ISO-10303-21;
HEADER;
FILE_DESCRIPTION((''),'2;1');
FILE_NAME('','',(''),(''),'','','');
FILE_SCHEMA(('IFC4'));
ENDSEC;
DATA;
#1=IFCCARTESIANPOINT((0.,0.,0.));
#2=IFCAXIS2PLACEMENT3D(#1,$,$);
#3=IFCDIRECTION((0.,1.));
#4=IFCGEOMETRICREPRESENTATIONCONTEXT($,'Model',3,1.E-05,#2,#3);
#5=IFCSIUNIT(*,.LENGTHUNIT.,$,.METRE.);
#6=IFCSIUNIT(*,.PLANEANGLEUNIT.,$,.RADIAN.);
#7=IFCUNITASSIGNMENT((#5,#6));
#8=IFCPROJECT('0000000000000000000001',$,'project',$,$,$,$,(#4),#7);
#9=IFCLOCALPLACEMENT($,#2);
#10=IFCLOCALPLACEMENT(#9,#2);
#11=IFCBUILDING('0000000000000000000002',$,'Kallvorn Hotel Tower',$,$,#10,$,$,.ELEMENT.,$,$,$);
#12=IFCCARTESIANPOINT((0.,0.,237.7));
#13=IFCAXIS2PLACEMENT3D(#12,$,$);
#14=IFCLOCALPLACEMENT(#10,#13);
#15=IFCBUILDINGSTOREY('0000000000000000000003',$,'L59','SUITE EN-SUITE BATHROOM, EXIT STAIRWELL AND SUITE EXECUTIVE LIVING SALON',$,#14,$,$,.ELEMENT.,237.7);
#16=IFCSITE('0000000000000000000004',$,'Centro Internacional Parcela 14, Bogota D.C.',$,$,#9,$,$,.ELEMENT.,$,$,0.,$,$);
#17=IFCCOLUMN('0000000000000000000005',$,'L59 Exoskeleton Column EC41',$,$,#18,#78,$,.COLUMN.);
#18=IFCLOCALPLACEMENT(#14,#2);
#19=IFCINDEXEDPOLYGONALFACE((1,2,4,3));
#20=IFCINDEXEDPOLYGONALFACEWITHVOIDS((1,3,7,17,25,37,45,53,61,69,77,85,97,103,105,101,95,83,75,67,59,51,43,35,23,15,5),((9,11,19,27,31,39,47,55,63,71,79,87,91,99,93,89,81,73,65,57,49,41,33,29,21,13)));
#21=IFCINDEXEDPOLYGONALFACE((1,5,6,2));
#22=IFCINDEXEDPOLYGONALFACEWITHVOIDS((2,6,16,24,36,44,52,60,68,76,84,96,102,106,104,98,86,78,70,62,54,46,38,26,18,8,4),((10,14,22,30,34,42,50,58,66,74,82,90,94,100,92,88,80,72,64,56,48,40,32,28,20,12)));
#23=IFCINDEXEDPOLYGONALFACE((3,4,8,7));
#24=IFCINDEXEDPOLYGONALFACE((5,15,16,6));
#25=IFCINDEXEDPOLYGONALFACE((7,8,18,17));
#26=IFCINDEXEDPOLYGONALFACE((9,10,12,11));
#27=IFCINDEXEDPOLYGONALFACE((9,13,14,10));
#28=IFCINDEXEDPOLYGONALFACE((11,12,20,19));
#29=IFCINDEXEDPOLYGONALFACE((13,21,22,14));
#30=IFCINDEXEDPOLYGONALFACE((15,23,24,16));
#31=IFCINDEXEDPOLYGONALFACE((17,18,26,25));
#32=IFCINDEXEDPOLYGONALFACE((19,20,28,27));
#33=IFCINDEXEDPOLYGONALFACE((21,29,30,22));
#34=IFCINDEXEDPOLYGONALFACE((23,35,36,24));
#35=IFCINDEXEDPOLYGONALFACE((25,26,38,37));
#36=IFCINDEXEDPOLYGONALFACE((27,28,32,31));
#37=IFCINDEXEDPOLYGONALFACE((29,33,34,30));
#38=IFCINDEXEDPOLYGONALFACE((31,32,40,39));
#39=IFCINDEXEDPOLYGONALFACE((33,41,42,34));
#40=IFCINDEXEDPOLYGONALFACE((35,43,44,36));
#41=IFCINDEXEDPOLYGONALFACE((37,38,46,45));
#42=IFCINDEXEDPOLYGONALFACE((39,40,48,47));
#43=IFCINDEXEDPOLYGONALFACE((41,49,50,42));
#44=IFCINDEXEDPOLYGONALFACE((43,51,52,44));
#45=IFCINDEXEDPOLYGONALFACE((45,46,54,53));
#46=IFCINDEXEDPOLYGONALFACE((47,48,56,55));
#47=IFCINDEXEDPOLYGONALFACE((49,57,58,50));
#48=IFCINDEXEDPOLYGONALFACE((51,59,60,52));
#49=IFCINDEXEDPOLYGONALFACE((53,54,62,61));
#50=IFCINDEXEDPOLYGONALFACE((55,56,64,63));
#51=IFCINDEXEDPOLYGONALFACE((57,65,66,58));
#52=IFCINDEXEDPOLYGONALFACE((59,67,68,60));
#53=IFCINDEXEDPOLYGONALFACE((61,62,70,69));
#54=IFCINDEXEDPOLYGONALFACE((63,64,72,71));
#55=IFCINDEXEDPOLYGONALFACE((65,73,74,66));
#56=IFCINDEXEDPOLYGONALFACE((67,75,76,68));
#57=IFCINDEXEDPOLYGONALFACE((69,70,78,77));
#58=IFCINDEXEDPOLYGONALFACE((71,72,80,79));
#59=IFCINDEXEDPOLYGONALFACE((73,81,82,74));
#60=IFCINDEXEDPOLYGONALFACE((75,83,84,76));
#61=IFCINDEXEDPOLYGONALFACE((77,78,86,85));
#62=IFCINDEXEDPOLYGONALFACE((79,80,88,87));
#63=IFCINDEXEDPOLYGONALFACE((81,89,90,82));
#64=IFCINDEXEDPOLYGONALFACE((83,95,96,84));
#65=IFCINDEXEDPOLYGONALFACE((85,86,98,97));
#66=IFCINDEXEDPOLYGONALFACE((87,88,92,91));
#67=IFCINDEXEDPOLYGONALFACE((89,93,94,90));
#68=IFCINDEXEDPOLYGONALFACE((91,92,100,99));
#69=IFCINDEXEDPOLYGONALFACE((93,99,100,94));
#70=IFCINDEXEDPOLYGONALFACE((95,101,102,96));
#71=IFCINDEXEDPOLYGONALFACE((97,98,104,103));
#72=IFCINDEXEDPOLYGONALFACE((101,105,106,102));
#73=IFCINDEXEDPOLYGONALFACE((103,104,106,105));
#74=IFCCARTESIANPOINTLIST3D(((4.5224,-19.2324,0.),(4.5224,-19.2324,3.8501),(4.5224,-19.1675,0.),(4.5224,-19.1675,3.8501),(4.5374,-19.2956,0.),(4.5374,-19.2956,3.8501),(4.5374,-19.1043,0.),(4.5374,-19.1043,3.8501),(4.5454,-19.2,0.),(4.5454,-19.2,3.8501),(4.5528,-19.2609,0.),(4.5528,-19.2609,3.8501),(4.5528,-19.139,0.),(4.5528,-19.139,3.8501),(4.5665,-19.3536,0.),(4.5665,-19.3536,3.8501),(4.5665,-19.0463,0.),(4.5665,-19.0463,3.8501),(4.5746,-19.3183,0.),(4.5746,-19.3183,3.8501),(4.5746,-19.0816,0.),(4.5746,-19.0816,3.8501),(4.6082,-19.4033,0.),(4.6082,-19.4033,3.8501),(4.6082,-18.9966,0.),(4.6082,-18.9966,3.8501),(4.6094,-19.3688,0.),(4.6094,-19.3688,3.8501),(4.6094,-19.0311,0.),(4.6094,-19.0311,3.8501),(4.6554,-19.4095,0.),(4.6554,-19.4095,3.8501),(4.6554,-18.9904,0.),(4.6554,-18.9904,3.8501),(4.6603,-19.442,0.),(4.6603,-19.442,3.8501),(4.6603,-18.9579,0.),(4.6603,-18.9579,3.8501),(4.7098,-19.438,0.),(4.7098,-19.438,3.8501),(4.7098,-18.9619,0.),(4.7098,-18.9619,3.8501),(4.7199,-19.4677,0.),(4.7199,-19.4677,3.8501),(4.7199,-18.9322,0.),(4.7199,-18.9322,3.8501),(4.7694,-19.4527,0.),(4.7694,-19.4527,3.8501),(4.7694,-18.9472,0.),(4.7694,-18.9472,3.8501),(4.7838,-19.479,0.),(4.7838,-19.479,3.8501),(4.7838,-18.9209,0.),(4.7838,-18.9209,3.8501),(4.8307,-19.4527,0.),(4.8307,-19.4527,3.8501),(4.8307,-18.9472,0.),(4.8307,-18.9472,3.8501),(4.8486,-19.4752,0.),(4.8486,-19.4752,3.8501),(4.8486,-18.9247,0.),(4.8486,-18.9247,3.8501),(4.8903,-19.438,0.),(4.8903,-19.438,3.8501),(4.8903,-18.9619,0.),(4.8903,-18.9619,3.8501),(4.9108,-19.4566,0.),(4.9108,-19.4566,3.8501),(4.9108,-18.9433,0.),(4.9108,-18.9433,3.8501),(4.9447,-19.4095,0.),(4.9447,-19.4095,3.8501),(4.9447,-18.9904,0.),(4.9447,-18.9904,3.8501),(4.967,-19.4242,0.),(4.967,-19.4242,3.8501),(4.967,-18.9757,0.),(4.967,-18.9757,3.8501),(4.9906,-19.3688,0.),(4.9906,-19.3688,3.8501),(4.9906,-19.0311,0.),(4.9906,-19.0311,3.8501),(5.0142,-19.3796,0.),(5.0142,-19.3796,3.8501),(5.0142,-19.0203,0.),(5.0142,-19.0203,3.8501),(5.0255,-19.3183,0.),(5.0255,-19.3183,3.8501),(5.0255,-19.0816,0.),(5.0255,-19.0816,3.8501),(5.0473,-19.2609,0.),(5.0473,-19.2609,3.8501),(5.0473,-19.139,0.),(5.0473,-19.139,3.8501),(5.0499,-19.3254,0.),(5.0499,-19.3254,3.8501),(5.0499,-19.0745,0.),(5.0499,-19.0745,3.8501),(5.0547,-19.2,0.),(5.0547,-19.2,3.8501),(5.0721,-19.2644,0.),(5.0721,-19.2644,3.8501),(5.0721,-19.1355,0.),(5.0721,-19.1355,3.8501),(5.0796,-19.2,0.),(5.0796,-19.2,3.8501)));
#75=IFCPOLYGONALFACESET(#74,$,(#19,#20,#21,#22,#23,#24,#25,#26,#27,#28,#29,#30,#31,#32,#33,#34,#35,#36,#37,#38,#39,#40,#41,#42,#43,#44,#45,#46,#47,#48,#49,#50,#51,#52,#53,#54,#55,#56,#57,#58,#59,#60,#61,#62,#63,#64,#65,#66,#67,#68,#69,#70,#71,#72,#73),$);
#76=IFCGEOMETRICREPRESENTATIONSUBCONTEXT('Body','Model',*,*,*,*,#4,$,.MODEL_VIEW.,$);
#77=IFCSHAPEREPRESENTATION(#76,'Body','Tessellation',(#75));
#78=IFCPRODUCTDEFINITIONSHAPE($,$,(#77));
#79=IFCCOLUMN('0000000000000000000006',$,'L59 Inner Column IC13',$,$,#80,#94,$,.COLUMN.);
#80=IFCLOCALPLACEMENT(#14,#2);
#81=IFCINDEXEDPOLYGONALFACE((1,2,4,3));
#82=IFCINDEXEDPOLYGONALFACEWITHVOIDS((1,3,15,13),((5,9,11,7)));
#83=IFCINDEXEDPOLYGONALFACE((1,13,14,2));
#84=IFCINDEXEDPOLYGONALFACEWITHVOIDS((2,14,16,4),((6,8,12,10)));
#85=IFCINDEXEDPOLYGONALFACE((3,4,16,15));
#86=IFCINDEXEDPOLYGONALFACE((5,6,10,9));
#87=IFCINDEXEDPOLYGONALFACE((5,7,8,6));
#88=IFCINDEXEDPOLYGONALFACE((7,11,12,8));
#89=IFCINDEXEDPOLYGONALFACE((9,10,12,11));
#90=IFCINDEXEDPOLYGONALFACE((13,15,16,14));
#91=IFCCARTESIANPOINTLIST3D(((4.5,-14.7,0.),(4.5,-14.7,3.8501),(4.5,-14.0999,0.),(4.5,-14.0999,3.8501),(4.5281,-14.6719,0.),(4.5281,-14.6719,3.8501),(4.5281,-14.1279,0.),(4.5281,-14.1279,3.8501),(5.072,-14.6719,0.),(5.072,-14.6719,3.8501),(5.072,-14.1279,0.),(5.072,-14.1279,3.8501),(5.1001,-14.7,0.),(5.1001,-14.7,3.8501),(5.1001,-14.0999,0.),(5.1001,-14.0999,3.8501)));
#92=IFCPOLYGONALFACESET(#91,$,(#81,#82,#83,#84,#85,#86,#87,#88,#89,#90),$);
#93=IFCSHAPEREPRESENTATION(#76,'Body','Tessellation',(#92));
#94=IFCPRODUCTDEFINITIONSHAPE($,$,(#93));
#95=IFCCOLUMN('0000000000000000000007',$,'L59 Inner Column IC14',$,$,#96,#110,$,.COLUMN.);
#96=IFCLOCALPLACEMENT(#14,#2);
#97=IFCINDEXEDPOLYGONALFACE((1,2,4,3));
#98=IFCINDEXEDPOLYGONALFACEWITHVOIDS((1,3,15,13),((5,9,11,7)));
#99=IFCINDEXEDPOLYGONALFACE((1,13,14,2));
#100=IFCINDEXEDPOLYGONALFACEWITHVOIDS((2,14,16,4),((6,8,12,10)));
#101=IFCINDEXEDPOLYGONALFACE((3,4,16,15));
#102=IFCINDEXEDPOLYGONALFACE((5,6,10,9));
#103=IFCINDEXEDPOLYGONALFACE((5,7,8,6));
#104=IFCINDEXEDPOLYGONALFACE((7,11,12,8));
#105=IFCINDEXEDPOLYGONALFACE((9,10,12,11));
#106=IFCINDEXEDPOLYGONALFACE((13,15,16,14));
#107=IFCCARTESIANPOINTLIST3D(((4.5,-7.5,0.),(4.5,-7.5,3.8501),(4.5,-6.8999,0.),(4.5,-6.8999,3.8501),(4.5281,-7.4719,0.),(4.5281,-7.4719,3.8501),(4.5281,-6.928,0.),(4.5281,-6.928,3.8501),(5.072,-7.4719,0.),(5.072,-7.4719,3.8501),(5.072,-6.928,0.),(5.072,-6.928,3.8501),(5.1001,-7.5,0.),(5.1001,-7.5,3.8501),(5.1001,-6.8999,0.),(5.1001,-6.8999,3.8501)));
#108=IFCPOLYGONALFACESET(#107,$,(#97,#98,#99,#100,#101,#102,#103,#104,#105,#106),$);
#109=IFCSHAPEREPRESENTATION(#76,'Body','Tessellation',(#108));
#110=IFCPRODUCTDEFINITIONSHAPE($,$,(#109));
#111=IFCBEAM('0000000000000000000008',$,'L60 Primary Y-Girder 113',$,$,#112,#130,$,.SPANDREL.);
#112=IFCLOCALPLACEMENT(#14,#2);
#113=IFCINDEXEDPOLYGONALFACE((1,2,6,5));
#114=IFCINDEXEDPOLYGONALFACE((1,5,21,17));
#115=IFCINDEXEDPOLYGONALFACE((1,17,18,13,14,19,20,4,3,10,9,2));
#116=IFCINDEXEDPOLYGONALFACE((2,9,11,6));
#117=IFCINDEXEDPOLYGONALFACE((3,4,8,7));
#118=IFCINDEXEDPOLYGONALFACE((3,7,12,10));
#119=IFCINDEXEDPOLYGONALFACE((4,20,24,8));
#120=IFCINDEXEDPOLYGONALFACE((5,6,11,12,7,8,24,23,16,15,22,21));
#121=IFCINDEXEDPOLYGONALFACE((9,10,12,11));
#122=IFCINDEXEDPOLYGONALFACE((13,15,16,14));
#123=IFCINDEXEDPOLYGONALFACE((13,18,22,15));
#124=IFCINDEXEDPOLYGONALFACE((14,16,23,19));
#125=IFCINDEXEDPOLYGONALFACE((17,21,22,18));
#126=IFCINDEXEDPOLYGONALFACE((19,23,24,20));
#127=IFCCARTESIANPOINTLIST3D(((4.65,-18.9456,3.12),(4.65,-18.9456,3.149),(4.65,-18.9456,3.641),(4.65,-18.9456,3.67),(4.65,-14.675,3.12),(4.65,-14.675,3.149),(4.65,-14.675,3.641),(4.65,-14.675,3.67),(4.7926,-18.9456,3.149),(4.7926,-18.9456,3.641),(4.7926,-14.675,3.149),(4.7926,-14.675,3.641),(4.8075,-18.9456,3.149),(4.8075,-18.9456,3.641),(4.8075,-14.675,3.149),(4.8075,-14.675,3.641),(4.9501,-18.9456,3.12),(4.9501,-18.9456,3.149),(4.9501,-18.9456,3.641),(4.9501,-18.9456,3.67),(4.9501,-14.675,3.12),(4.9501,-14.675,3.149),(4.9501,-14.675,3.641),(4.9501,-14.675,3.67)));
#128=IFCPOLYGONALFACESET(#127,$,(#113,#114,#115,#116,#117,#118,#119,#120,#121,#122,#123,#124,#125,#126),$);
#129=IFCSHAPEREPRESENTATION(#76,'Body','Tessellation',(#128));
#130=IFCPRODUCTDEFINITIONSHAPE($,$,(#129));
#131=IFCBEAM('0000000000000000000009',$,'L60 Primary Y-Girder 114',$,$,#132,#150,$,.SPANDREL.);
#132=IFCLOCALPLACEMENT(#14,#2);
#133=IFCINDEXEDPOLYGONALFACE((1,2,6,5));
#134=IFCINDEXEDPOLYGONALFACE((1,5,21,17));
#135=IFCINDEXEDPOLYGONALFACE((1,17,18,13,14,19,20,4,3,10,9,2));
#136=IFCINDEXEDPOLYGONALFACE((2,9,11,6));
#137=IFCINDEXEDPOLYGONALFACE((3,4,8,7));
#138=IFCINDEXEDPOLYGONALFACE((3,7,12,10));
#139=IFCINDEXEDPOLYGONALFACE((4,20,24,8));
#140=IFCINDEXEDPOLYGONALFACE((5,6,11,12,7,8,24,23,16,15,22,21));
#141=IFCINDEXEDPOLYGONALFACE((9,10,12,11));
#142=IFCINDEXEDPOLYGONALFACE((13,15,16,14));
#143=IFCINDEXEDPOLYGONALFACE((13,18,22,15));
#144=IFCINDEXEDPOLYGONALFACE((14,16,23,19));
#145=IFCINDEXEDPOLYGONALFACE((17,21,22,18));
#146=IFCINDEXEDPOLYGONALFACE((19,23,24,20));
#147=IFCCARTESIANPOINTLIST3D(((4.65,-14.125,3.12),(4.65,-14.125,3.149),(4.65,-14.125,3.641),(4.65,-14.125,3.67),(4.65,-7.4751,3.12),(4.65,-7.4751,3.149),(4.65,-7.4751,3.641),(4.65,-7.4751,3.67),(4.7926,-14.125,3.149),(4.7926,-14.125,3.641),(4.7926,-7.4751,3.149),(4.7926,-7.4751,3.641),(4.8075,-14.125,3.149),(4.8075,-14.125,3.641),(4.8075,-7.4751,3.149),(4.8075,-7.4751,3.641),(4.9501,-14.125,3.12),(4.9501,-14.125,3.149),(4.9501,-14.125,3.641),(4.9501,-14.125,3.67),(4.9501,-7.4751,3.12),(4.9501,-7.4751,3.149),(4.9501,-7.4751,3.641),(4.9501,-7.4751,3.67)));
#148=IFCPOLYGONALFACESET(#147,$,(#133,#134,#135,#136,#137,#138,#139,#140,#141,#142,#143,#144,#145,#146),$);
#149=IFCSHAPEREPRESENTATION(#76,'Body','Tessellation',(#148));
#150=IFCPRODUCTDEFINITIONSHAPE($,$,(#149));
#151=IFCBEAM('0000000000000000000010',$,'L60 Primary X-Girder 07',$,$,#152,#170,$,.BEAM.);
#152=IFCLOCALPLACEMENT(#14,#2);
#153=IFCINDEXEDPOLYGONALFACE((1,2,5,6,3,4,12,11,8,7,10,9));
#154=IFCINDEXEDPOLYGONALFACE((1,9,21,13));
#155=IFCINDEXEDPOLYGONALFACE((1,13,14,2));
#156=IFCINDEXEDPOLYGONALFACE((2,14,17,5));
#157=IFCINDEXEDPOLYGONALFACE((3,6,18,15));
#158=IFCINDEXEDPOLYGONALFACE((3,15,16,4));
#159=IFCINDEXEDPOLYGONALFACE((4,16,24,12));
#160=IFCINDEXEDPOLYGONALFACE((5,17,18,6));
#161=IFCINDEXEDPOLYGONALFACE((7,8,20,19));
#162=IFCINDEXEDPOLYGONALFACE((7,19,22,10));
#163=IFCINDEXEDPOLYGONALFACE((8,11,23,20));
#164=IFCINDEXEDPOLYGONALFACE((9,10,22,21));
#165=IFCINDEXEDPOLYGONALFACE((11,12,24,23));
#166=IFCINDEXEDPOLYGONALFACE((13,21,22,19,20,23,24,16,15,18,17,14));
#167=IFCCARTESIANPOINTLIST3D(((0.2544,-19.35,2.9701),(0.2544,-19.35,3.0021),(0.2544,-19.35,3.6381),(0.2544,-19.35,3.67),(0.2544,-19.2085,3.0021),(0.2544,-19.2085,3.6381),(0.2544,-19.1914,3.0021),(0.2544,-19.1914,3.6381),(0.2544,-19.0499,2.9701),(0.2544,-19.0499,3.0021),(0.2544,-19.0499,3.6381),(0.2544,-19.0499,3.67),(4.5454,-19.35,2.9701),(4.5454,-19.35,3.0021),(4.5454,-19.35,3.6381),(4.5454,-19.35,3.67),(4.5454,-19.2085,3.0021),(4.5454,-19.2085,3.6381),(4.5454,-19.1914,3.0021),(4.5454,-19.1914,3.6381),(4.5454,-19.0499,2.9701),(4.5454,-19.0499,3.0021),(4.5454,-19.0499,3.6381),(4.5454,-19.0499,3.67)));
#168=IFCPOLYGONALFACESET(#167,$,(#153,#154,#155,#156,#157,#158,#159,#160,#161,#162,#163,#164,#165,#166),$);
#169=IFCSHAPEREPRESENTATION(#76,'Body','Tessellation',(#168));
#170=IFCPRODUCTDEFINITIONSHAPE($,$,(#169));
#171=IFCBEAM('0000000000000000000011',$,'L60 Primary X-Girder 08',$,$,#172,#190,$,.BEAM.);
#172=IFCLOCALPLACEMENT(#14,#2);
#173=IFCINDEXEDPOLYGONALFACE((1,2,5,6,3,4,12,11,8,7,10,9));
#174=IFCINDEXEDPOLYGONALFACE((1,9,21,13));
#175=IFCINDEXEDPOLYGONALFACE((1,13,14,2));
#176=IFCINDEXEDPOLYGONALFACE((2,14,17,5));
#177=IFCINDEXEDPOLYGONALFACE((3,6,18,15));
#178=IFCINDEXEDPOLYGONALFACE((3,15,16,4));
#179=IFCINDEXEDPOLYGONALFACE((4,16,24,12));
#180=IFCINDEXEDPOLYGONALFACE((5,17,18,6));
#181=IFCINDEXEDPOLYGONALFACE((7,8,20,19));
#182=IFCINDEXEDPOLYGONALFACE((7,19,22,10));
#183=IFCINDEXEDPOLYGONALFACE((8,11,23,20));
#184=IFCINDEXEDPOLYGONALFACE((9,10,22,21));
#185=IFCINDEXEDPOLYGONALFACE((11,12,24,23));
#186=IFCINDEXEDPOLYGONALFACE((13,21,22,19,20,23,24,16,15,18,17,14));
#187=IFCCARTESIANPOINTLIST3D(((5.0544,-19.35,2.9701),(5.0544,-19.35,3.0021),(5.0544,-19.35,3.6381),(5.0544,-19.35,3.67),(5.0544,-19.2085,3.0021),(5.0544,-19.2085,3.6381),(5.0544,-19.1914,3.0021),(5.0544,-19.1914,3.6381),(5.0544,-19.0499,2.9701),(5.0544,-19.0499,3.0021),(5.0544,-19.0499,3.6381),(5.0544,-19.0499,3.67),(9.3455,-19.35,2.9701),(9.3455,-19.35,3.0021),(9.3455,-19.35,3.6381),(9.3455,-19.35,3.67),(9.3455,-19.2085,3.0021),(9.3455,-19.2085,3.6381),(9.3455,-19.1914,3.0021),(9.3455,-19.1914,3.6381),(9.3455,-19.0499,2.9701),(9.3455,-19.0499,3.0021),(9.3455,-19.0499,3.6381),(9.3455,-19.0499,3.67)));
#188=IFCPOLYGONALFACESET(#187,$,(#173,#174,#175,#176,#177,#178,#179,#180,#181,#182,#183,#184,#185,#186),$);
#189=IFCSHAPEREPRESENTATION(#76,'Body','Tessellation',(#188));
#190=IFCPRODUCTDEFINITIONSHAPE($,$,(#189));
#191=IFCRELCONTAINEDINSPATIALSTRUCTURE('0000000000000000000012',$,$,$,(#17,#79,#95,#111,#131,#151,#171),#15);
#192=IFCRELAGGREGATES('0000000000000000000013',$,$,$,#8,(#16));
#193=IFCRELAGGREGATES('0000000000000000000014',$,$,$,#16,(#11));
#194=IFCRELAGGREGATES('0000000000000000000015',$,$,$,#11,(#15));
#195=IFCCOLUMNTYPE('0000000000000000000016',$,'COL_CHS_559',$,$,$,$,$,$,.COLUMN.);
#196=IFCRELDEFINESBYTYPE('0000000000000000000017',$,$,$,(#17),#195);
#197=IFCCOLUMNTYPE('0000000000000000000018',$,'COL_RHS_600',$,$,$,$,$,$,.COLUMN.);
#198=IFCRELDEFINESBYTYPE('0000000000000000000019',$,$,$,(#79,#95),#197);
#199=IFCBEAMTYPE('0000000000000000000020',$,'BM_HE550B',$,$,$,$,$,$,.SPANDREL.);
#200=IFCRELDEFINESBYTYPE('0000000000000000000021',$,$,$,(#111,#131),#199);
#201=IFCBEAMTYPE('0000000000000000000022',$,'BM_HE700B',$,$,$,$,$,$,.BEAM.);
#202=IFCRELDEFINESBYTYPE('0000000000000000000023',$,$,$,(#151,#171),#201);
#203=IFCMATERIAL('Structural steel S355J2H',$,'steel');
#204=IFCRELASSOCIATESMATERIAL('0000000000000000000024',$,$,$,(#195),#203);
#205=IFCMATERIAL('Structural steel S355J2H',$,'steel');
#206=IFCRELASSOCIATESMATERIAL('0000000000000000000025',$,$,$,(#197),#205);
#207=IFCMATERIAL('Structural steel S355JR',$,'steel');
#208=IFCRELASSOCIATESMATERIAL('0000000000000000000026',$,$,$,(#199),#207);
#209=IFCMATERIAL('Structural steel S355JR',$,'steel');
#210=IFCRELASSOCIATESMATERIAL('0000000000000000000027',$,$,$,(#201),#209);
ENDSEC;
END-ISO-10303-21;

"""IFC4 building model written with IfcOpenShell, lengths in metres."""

from ifc_helpers import new_model, si_unit, direction, frame, origin, origin_2d, place, context, subcontext, project, spatial, hollow_rectangle, hollow_circle, i_section, extrude, material, material_profile, profile_set, type_object, element, save


model = new_model("IFC4")

# Units and contexts
model_context = context("Model", 3, precision=1e-05, world=origin(), true_north=direction((0.0, 1.0)))
body_context = subcontext(model_context, "Body", "Model", "MODEL_VIEW")
ifc_project = project(units=[si_unit("LENGTHUNIT", "METRE"), si_unit("PLANEANGLEUNIT", "RADIAN")], contexts=[model_context])

# Site, building, storey
site_placement = place(None, origin())
site = spatial("IfcSite", under=ifc_project, at=site_placement, Name="Centro Internacional Parcela 14, Bogota D.C.", CompositionType="ELEMENT", RefElevation=0.0)
building_placement = place(site_placement, origin())
building = spatial("IfcBuilding", under=site, at=building_placement, Name="Kallvorn Hotel Tower", CompositionType="ELEMENT")
storey_placement = place(building_placement, frame((0.0, 0.0, 237.7)))
storey = spatial("IfcBuildingStorey", under=building, at=storey_placement, Name="L59", Description="SUITE EN-SUITE BATHROOM, EXIT STAIRWELL AND SUITE EXECUTIVE LIVING SALON", CompositionType="ELEMENT", Elevation=237.7)

# Columns
ifc_material_1 = material(Name="Structural steel S355J2H", Category="steel")
ifc_material_profile_1 = material_profile(ifc_material_1, hollow_circle(Radius=0.2795, WallThickness=0.0249, at=origin_2d()), Name="CHS 559x25")
ifc_profile_set_1 = profile_set([ifc_material_profile_1], Name="Structural steel S355J2H")
column_type_1 = type_object("IfcColumnType", Name="COL_CHS_559", PredefinedType="COLUMN", material=ifc_profile_set_1)
column_placement = place(storey_placement, frame((4.8, -19.2, 0.0), z_axis=(0.0, 0.0, 1.0), x_axis=(1.0, 0.0, 0.0)))
element("IfcColumn", 1, at=column_placement, inside=storey, type_object=column_type_1, Name="L59 Exoskeleton Column EC41", PredefinedType="COLUMN", context=body_context, shape_type="SweptSolid", body=[
    extrude(hollow_circle(Radius=0.2795, WallThickness=0.0249, at=origin_2d()), origin(), (0.0, 0.0, 1.0), 3.8501),
])
ifc_material_2 = material(Name="Structural steel S355J2H", Category="steel")
ifc_material_profile_2 = material_profile(ifc_material_2, hollow_rectangle(XDim=0.6001, YDim=0.6001, WallThickness=0.0281, at=origin_2d()), Name="RHS 600x600x28")
ifc_profile_set_2 = profile_set([ifc_material_profile_2], Name="Structural steel S355J2H")
column_type_2 = type_object("IfcColumnType", Name="COL_RHS_600", PredefinedType="COLUMN", material=ifc_profile_set_2)
for number, where, z_axis, x_axis, name in (
    (2, (4.8, -14.3999, 0.0), (0.0, 0.0, 1.0), (1.0, 0.0, 0.0), "L59 Inner Column IC13"),
    (3, (4.8, -7.2, 0.0), (0.0, 0.0, 1.0), (1.0, 0.0, 0.0), "L59 Inner Column IC14"),
):
    element("IfcColumn", number, at=place(storey_placement, frame(where, z_axis=z_axis, x_axis=x_axis)), inside=storey, type_object=column_type_2, Name=name, PredefinedType="COLUMN", context=body_context, shape_type="SweptSolid", body=[
        extrude(hollow_rectangle(XDim=0.6001, YDim=0.6001, WallThickness=0.0281, at=origin_2d()), origin(), (0.0, 0.0, 1.0), 3.8501),
    ])

# Beams
ifc_material_3 = material(Name="Structural steel S355JR", Category="steel")
ifc_material_profile_3 = material_profile(ifc_material_3, i_section(OverallWidth=0.3, OverallDepth=0.55, WebThickness=0.0149, FlangeThickness=0.0291, at=origin_2d()), Name="HE 550 B")
ifc_profile_set_3 = profile_set([ifc_material_profile_3], Name="Structural steel S355JR")
beam_type_1 = type_object("IfcBeamType", Name="BM_HE550B", PredefinedType="SPANDREL", material=ifc_profile_set_3)
beam_1_placement = place(storey_placement, frame((4.8, -18.9456, 3.395), z_axis=(0.0, 1.0, 0.0), x_axis=(-1.0, 0.0, 0.0)))
element("IfcBeam", 4, at=beam_1_placement, inside=storey, type_object=beam_type_1, Name="L60 Primary Y-Girder 113", PredefinedType="SPANDREL", context=body_context, shape_type="SweptSolid", body=[
    extrude(i_section(OverallWidth=0.3, OverallDepth=0.55, WebThickness=0.0149, FlangeThickness=0.0291, at=origin_2d()), origin(), (0.0, 0.0, 1.0), 4.2705),
])
beam_2_placement = place(storey_placement, frame((4.8, -14.125, 3.395), z_axis=(0.0, 1.0, 0.0), x_axis=(-1.0, 0.0, 0.0)))
element("IfcBeam", 5, at=beam_2_placement, inside=storey, type_object=beam_type_1, Name="L60 Primary Y-Girder 114", PredefinedType="SPANDREL", context=body_context, shape_type="SweptSolid", body=[
    extrude(i_section(OverallWidth=0.3, OverallDepth=0.55, WebThickness=0.0149, FlangeThickness=0.0291, at=origin_2d()), origin(), (0.0, 0.0, 1.0), 6.6499),
])
ifc_material_4 = material(Name="Structural steel S355JR", Category="steel")
ifc_material_profile_4 = material_profile(ifc_material_4, i_section(OverallWidth=0.3, OverallDepth=0.7, WebThickness=0.0171, FlangeThickness=0.032, at=origin_2d()), Name="HE 700 B")
ifc_profile_set_4 = profile_set([ifc_material_profile_4], Name="Structural steel S355JR")
beam_type_2 = type_object("IfcBeamType", Name="BM_HE700B", PredefinedType="BEAM", material=ifc_profile_set_4)
for number, where, z_axis, x_axis, name in (
    (6, (0.2544, -19.2, 3.3201), (1.0, 0.0, 0.0), (0.0, 1.0, 0.0), "L60 Primary X-Girder 07"),
    (7, (5.0544, -19.2, 3.3201), (1.0, 0.0, 0.0), (0.0, 1.0, 0.0), "L60 Primary X-Girder 08"),
):
    element("IfcBeam", number, at=place(storey_placement, frame(where, z_axis=z_axis, x_axis=x_axis)), inside=storey, type_object=beam_type_2, Name=name, PredefinedType="BEAM", context=body_context, shape_type="SweptSolid", body=[
        extrude(i_section(OverallWidth=0.3, OverallDepth=0.7, WebThickness=0.0171, FlangeThickness=0.032, at=origin_2d()), origin(), (0.0, 0.0, 1.0), 4.291),
    ])

save(model, "model.ifc")
